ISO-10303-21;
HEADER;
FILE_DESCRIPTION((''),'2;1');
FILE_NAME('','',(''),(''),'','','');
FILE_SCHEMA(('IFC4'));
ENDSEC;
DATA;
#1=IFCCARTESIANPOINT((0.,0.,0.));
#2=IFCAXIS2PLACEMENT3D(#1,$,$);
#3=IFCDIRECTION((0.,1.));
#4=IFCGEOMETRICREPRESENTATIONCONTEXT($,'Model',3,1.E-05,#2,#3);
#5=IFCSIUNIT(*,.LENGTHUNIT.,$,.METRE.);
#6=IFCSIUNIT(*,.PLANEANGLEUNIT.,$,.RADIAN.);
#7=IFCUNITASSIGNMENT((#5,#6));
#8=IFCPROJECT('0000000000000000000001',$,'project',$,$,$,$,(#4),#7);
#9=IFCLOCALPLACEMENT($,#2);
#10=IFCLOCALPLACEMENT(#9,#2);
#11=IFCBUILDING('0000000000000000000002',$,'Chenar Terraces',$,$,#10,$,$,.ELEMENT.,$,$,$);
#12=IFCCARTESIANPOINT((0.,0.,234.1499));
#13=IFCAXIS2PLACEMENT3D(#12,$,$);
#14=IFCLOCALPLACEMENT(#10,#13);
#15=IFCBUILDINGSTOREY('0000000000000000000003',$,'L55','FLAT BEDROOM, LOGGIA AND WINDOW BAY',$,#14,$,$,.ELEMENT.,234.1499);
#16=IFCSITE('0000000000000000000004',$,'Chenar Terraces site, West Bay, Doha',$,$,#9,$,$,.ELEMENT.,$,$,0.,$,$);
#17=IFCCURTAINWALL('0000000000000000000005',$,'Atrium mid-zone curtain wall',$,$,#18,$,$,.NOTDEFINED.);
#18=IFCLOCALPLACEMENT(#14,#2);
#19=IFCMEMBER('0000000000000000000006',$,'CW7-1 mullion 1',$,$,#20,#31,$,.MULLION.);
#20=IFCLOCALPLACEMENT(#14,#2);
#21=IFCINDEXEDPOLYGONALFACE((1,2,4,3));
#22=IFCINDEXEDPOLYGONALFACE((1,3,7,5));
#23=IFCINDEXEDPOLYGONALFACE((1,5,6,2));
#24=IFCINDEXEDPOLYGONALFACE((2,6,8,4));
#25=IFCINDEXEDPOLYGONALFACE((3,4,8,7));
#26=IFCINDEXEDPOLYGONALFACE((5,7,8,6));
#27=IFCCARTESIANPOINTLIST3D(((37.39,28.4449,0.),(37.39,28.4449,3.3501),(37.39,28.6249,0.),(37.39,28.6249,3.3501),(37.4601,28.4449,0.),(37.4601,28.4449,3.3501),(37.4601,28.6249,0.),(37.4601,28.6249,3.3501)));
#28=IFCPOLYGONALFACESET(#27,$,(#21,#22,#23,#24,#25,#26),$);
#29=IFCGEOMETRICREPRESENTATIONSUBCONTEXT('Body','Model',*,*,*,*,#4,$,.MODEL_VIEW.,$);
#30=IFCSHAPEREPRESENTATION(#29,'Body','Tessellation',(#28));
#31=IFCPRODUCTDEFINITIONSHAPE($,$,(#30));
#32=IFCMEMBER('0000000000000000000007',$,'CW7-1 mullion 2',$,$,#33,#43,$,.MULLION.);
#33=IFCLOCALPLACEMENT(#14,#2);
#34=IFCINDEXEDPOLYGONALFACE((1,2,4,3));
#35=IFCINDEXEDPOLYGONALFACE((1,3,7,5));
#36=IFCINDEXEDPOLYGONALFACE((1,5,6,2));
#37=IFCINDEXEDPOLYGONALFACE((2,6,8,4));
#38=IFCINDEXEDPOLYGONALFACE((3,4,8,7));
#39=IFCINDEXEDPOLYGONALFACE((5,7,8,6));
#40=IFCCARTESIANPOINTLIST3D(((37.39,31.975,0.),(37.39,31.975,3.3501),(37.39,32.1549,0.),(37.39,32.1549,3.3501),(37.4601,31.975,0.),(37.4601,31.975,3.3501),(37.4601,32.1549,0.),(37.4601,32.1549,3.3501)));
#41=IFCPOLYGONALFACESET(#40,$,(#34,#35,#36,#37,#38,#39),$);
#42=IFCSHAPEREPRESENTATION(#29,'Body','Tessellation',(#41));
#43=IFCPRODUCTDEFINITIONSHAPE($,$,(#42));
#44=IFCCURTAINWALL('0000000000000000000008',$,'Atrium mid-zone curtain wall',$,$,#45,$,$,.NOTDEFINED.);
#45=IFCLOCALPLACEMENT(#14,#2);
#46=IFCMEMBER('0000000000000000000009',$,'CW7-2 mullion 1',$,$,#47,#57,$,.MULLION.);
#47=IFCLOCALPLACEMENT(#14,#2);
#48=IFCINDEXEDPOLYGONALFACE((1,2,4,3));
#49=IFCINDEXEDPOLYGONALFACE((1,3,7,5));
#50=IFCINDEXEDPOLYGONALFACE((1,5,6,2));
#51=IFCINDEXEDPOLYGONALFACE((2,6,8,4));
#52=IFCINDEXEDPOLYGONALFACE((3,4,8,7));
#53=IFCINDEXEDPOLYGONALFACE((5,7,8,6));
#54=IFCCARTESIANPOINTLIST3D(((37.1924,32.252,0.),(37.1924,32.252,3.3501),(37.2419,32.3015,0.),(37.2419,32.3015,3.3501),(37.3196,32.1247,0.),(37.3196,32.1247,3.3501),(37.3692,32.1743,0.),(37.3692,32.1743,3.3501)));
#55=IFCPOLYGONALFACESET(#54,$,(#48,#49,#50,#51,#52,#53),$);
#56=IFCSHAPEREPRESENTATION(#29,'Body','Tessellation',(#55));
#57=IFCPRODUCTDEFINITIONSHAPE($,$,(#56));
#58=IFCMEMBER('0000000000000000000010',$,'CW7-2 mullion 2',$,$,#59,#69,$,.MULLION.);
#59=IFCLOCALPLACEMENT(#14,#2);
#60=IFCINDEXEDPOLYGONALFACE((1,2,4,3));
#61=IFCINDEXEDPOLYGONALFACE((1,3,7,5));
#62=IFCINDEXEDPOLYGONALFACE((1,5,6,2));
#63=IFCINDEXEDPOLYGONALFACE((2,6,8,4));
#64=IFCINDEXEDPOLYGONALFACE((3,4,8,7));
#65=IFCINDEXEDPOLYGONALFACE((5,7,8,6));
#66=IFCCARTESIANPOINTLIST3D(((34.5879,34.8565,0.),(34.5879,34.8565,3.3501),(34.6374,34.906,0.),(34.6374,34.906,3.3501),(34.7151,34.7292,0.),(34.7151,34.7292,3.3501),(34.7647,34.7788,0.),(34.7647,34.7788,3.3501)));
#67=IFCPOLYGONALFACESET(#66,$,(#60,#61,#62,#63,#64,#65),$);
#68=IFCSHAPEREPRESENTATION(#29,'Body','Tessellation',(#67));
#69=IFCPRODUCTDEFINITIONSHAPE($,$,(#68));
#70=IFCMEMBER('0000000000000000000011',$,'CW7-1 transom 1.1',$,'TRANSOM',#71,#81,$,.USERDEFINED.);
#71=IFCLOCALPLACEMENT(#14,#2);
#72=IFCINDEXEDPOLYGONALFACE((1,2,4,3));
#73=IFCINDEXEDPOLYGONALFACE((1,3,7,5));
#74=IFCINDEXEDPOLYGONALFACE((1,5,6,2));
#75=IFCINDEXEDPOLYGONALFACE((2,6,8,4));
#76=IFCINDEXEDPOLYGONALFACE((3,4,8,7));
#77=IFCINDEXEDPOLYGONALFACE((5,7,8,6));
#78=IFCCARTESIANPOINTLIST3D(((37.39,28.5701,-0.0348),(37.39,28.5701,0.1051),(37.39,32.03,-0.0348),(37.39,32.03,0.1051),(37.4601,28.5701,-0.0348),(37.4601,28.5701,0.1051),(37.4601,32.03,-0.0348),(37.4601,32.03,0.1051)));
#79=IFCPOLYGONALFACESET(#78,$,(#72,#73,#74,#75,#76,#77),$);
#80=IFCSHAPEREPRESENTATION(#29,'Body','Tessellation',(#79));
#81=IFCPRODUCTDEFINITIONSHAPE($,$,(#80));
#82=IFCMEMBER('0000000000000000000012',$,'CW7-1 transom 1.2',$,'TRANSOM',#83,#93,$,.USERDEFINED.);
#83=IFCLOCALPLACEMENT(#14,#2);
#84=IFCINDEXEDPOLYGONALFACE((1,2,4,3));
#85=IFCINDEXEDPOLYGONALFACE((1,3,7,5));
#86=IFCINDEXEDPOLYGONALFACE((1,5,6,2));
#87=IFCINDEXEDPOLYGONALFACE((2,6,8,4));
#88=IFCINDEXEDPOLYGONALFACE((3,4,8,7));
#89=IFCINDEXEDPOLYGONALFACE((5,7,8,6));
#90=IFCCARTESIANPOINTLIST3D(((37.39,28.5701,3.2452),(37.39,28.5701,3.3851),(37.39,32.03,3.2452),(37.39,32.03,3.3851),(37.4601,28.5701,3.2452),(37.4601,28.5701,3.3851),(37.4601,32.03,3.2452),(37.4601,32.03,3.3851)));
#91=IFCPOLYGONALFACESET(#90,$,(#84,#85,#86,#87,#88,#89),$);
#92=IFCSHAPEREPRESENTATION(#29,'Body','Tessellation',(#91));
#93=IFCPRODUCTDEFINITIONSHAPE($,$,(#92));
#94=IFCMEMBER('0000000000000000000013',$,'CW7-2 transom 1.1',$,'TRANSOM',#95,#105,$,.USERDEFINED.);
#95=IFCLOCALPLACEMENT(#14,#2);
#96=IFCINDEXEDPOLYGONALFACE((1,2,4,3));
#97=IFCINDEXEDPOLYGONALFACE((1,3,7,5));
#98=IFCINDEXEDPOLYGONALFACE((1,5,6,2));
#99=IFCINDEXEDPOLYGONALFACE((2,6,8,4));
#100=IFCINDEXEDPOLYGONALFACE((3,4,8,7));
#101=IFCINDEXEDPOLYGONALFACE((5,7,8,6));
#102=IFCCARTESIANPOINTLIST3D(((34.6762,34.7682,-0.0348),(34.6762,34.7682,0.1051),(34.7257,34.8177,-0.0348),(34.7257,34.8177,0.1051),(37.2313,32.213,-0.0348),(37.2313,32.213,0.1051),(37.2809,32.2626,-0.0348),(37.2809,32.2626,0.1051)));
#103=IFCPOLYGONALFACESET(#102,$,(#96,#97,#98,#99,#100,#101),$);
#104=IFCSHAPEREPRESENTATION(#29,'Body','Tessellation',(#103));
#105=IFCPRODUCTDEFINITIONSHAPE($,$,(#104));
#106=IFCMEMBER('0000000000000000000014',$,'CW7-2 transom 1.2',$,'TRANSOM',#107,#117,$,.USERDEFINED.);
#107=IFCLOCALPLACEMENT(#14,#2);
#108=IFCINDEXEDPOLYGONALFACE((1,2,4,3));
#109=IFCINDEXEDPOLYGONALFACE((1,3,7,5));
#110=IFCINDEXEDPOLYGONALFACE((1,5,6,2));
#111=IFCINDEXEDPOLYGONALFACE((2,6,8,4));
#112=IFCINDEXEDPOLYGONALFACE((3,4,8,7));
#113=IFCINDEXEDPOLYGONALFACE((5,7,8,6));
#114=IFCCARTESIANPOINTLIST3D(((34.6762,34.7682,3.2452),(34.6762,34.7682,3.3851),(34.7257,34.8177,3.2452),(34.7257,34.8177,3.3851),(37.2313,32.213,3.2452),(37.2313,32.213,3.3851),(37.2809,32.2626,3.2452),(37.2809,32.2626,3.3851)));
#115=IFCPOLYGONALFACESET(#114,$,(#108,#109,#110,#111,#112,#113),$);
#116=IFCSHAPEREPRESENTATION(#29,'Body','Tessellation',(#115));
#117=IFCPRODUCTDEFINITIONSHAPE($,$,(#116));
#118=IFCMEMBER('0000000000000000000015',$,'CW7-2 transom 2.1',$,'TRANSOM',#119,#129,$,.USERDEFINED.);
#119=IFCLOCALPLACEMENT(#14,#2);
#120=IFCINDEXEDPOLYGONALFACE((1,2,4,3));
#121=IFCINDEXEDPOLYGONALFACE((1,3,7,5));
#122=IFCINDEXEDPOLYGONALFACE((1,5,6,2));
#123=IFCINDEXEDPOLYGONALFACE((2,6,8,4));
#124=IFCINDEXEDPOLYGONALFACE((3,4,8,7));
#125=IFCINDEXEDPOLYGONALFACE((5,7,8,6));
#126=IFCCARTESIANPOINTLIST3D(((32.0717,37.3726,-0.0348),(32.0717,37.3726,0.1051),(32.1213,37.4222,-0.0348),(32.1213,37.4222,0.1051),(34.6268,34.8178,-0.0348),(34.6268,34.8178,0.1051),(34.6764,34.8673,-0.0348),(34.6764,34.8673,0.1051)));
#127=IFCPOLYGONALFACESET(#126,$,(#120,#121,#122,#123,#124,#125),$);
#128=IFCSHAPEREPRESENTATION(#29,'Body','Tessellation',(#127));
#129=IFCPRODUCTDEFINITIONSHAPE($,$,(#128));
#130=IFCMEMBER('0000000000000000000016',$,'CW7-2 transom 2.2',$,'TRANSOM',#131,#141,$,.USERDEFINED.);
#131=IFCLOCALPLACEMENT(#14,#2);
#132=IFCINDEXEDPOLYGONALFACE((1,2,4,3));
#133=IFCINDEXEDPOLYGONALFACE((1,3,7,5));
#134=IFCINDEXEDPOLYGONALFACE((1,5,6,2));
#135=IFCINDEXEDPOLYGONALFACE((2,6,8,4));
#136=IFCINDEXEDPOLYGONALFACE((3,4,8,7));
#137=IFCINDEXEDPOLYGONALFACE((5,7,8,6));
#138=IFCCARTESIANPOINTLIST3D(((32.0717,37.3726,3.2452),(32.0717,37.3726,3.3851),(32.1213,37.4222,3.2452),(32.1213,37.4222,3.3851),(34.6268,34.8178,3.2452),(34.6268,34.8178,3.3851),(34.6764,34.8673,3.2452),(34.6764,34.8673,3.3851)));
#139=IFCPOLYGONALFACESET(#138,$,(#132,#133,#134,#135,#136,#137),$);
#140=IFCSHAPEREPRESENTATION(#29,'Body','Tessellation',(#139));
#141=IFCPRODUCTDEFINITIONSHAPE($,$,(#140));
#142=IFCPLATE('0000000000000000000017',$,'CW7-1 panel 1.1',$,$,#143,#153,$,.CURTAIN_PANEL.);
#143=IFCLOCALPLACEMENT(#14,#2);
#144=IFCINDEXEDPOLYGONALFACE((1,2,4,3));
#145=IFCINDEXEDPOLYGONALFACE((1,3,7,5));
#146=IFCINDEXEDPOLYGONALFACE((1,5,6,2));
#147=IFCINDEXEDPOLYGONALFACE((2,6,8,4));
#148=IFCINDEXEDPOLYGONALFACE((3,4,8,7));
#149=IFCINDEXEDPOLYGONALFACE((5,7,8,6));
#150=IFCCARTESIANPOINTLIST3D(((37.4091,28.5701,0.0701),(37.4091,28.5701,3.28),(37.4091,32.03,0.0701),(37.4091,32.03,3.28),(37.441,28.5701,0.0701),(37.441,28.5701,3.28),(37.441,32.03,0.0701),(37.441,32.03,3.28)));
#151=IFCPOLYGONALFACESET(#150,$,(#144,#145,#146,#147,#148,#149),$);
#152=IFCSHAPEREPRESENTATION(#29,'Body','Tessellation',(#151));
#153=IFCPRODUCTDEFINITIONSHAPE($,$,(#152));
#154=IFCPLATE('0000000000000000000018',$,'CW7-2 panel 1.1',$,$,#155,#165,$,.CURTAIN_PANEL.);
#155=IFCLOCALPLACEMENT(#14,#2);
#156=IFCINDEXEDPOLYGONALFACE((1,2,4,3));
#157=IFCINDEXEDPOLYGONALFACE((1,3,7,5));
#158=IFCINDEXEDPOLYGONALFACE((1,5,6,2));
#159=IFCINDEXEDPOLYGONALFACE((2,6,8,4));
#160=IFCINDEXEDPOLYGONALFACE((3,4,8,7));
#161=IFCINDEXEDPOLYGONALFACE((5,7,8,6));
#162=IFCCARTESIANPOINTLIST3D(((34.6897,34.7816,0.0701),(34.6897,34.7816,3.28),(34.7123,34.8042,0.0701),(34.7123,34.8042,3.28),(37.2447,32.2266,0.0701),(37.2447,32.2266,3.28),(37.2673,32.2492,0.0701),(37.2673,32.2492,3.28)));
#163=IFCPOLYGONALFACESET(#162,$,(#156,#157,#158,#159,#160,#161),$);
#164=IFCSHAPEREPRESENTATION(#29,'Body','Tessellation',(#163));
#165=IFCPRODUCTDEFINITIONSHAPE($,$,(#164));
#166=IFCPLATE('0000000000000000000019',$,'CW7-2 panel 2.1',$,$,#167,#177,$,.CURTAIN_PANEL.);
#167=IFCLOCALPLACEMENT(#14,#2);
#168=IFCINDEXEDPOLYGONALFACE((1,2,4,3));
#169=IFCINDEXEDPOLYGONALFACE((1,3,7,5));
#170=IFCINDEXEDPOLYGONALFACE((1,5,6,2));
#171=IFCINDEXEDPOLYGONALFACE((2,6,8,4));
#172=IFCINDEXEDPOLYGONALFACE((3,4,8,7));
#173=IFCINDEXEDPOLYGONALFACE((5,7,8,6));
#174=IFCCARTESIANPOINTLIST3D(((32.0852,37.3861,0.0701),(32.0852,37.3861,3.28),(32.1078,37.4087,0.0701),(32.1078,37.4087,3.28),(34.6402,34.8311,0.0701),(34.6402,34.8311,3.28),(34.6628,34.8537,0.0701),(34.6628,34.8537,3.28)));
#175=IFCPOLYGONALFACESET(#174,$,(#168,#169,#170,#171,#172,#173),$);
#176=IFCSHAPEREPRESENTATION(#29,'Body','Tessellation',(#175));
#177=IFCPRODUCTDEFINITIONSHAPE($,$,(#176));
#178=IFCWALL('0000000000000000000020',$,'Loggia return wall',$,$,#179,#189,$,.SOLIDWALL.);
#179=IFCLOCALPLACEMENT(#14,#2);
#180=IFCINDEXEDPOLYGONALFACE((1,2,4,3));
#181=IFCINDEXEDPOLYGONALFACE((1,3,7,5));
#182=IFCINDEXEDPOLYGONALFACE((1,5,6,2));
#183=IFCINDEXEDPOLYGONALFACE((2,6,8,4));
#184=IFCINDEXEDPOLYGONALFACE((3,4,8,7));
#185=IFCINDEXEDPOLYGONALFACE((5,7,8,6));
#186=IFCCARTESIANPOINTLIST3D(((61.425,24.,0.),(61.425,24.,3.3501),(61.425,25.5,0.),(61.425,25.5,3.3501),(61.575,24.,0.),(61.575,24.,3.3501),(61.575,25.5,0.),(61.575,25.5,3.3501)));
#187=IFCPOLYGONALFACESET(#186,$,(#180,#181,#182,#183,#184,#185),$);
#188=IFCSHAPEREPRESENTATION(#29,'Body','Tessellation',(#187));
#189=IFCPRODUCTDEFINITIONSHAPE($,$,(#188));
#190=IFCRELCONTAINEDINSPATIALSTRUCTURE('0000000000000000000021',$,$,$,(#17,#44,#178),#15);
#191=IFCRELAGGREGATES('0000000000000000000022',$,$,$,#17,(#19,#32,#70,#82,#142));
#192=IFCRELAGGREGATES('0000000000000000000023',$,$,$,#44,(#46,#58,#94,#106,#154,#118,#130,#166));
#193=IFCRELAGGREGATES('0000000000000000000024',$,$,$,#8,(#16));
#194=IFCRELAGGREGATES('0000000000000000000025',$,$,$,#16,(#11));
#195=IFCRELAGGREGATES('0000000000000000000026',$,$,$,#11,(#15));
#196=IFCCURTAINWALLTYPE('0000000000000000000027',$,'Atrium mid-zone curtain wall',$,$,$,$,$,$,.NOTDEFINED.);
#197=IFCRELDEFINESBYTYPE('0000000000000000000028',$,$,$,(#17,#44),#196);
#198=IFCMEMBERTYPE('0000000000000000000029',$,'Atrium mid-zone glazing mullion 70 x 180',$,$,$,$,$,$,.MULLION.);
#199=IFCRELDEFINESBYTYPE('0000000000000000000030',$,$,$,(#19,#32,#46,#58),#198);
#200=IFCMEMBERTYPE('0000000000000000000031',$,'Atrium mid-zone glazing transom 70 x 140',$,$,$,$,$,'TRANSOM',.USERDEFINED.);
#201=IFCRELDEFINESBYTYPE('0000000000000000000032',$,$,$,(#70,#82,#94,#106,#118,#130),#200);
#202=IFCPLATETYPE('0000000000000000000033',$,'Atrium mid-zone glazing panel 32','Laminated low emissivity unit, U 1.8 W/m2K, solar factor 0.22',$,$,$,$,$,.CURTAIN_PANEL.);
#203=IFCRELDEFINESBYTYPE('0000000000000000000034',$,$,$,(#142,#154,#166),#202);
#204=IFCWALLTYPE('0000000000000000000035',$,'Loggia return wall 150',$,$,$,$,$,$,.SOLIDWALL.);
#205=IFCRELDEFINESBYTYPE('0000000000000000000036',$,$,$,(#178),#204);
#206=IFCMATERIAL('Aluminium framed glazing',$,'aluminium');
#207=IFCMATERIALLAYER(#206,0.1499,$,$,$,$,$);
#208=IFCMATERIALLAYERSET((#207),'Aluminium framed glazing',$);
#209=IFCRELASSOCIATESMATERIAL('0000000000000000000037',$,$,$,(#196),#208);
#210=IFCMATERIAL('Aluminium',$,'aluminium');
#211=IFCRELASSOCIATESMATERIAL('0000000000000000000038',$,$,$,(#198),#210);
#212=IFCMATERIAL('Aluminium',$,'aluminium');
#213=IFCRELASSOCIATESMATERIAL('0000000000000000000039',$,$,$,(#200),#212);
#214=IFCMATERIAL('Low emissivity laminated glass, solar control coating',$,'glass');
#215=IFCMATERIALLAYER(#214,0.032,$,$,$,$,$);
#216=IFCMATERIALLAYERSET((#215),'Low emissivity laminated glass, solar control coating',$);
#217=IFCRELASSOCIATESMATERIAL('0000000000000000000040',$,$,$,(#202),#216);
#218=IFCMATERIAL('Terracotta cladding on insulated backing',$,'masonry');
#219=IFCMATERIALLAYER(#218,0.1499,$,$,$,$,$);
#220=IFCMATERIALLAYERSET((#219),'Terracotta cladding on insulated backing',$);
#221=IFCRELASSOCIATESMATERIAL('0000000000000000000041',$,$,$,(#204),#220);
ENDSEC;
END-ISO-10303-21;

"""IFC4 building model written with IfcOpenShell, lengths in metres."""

from ifc_helpers import new_model, si_unit, direction, frame, frame_2d, origin, origin_2d, place, context, subcontext, project, spatial, rectangle, extrude, material, layer, layer_set, material_profile, profile_set, type_object, element, aggregate, save


model = new_model("IFC4")

# Units and contexts
model_context = context("Model", 3, precision=1e-05, world=origin(), true_north=direction((0.0, 1.0)))
body_context = subcontext(model_context, "Body", "Model", "MODEL_VIEW")
ifc_project = project(units=[si_unit("LENGTHUNIT", "METRE"), si_unit("PLANEANGLEUNIT", "RADIAN")], contexts=[model_context])

# Site, building, storey
site_placement = place(None, origin())
site = spatial("IfcSite", under=ifc_project, at=site_placement, Name="Chenar Terraces site, West Bay, Doha", CompositionType="ELEMENT", RefElevation=0.0)
building_placement = place(site_placement, origin())
building = spatial("IfcBuilding", under=site, at=building_placement, Name="Chenar Terraces", CompositionType="ELEMENT")
storey_placement = place(building_placement, frame((0.0, 0.0, 234.1499)))
storey = spatial("IfcBuildingStorey", under=building, at=storey_placement, Name="L55", Description="FLAT BEDROOM, LOGGIA AND WINDOW BAY", CompositionType="ELEMENT", Elevation=234.1499)

# Curtain walls, members
ifc_material_1 = material(Name="Aluminium framed glazing", Category="aluminium")
ifc_layer_1 = layer(ifc_material_1, 0.1499)
ifc_layer_set_1 = layer_set([ifc_layer_1], Name="Aluminium framed glazing")
curtain_wall_type = type_object("IfcCurtainWallType", Name="Atrium mid-zone curtain wall", PredefinedType="NOTDEFINED", material=ifc_layer_set_1)
placement = place(storey_placement, origin())
curtain_wall_1 = element("IfcCurtainWall", 1, at=placement, inside=storey, type_object=curtain_wall_type, Name="Atrium mid-zone curtain wall", PredefinedType="NOTDEFINED")
ifc_material_2 = material(Name="Aluminium", Category="aluminium")
ifc_material_profile_1 = material_profile(ifc_material_2, rectangle(XDim=0.0701, YDim=0.1799, at=origin_2d()), Name="Atrium mid-zone glazing mullion 70 x 180")
ifc_profile_set_1 = profile_set([ifc_material_profile_1], Name="Aluminium")
member_type_1 = type_object("IfcMemberType", Name="Atrium mid-zone glazing mullion 70 x 180", PredefinedType="MULLION", material=ifc_profile_set_1)
member_1_placement = place(storey_placement, frame((37.425, 28.5349, 0.0), z_axis=(0.0, 0.0, 1.0), x_axis=(-1.0, 0.0, 0.0)))
member_1 = element("IfcMember", 2, at=member_1_placement, type_object=member_type_1, Name="CW7-1 mullion 1", PredefinedType="MULLION", context=body_context, shape_type="SweptSolid", body=[
    extrude(rectangle(XDim=0.0701, YDim=0.1799, at=origin_2d()), origin(), (0.0, 0.0, 1.0), 3.3501),
])
member_2_placement = place(storey_placement, frame((37.425, 32.0649, 0.0), z_axis=(0.0, 0.0, 1.0), x_axis=(-1.0, 0.0, 0.0)))
member_2 = element("IfcMember", 3, at=member_2_placement, type_object=member_type_1, Name="CW7-1 mullion 2", PredefinedType="MULLION", context=body_context, shape_type="SweptSolid", body=[
    extrude(rectangle(XDim=0.0701, YDim=0.1799, at=origin_2d()), origin(), (0.0, 0.0, 1.0), 3.3501),
])
curtain_wall_2 = element("IfcCurtainWall", 4, at=placement, inside=storey, type_object=curtain_wall_type, Name="Atrium mid-zone curtain wall", PredefinedType="NOTDEFINED")
member_3_placement = place(storey_placement, frame((37.2808, 32.2131, 0.0), z_axis=(0.0, 0.0, 1.0), x_axis=(-0.707107, -0.707107, 0.0)))
member_3 = element("IfcMember", 5, at=member_3_placement, type_object=member_type_1, Name="CW7-2 mullion 1", PredefinedType="MULLION", context=body_context, shape_type="SweptSolid", body=[
    extrude(rectangle(XDim=0.0701, YDim=0.1799, at=origin_2d()), origin(), (0.0, 0.0, 1.0), 3.3501),
])
member_4_placement = place(storey_placement, frame((34.6763, 34.8176, 0.0), z_axis=(0.0, 0.0, 1.0), x_axis=(-0.707107, -0.707107, 0.0)))
member_4 = element("IfcMember", 6, at=member_4_placement, type_object=member_type_1, Name="CW7-2 mullion 2", PredefinedType="MULLION", context=body_context, shape_type="SweptSolid", body=[
    extrude(rectangle(XDim=0.0701, YDim=0.1799, at=origin_2d()), origin(), (0.0, 0.0, 1.0), 3.3501),
])

# Members
ifc_material_3 = material(Name="Aluminium", Category="aluminium")
ifc_material_profile_2 = material_profile(ifc_material_3, rectangle(XDim=0.0701, YDim=0.1399, at=origin_2d()), Name="Atrium mid-zone glazing transom 70 x 140")
ifc_profile_set_2 = profile_set([ifc_material_profile_2], Name="Aluminium")
member_type_2 = type_object("IfcMemberType", Name="Atrium mid-zone glazing transom 70 x 140", ElementType="TRANSOM", PredefinedType="USERDEFINED", material=ifc_profile_set_2)
member_5_placement = place(storey_placement, frame((37.425, 28.5701, 0.0352), z_axis=(0.0, 1.0, 0.0), x_axis=(-1.0, 0.0, 0.0)))
member_5 = element("IfcMember", 7, at=member_5_placement, type_object=member_type_2, Name="CW7-1 transom 1.1", ObjectType="TRANSOM", PredefinedType="USERDEFINED", context=body_context, shape_type="SweptSolid", body=[
    extrude(rectangle(XDim=0.0701, YDim=0.1399, at=origin_2d()), origin(), (0.0, 0.0, 1.0), 3.46),
])
member_6_placement = place(storey_placement, frame((37.425, 28.5701, 3.3152), z_axis=(0.0, 1.0, 0.0), x_axis=(-1.0, 0.0, 0.0)))
member_6 = element("IfcMember", 8, at=member_6_placement, type_object=member_type_2, Name="CW7-1 transom 1.2", ObjectType="TRANSOM", PredefinedType="USERDEFINED", context=body_context, shape_type="SweptSolid", body=[
    extrude(rectangle(XDim=0.0701, YDim=0.1399, at=origin_2d()), origin(), (0.0, 0.0, 1.0), 3.46),
])
member_7_placement = place(storey_placement, frame((37.2561, 32.2378, 0.0352), z_axis=(-0.707107, 0.707107, 0.0), x_axis=(-0.707107, -0.707107, 0.0)))
member_7 = element("IfcMember", 9, at=member_7_placement, type_object=member_type_2, Name="CW7-2 transom 1.1", ObjectType="TRANSOM", PredefinedType="USERDEFINED", context=body_context, shape_type="SweptSolid", body=[
    extrude(rectangle(XDim=0.0701, YDim=0.1399, at=origin_2d()), origin(), (0.0, 0.0, 1.0), 3.6135),
])
member_8_placement = place(storey_placement, frame((37.2561, 32.2378, 3.3152), z_axis=(-0.707107, 0.707107, 0.0), x_axis=(-0.707107, -0.707107, 0.0)))
member_8 = element("IfcMember", 10, at=member_8_placement, type_object=member_type_2, Name="CW7-2 transom 1.2", ObjectType="TRANSOM", PredefinedType="USERDEFINED", context=body_context, shape_type="SweptSolid", body=[
    extrude(rectangle(XDim=0.0701, YDim=0.1399, at=origin_2d()), origin(), (0.0, 0.0, 1.0), 3.6135),
])
member_9_placement = place(storey_placement, frame((34.6516, 34.8425, 0.0352), z_axis=(-0.707141, 0.707073, 0.0), x_axis=(-0.707073, -0.707141, 0.0)))
member_9 = element("IfcMember", 11, at=member_9_placement, type_object=member_type_2, Name="CW7-2 transom 2.1", ObjectType="TRANSOM", PredefinedType="USERDEFINED", context=body_context, shape_type="SweptSolid", body=[
    extrude(rectangle(XDim=0.0701, YDim=0.1399, at=origin_2d()), origin(), (0.0, 0.0, 1.0), 3.6133),
])
member_10_placement = place(storey_placement, frame((34.6516, 34.8425, 3.3152), z_axis=(-0.707141, 0.707073, 0.0), x_axis=(-0.707073, -0.707141, 0.0)))
member_10 = element("IfcMember", 12, at=member_10_placement, type_object=member_type_2, Name="CW7-2 transom 2.2", ObjectType="TRANSOM", PredefinedType="USERDEFINED", context=body_context, shape_type="SweptSolid", body=[
    extrude(rectangle(XDim=0.0701, YDim=0.1399, at=origin_2d()), origin(), (0.0, 0.0, 1.0), 3.6133),
])

# Plates
ifc_material_4 = material(Name="Low emissivity laminated glass, solar control coating", Category="glass")
ifc_layer_2 = layer(ifc_material_4, 0.032)
ifc_layer_set_2 = layer_set([ifc_layer_2], Name="Low emissivity laminated glass, solar control coating")
plate_type = type_object("IfcPlateType", Name="Atrium mid-zone glazing panel 32", Description="Laminated low emissivity unit, U 1.8 W/m2K, solar factor 0.22", PredefinedType="CURTAIN_PANEL", material=ifc_layer_set_2)
plate_1_placement = place(storey_placement, frame((37.425, 30.3, 0.0701), z_axis=(0.0, 0.0, 1.0), x_axis=(0.0, 1.0, 0.0)))
plate_1 = element("IfcPlate", 13, at=plate_1_placement, type_object=plate_type, Name="CW7-1 panel 1.1", PredefinedType="CURTAIN_PANEL", context=body_context, shape_type="SweptSolid", body=[
    extrude(rectangle(XDim=3.46, YDim=0.032, at=origin_2d()), origin(), (0.0, 0.0, 1.0), 3.21),
])
aggregate(curtain_wall_1, [member_1, member_2, member_5, member_6, plate_1])
plate_2_placement = place(storey_placement, frame((35.9785, 33.5154, 0.0701), z_axis=(0.0, 0.0, 1.0), x_axis=(-0.707107, 0.707107, 0.0)))
plate_2 = element("IfcPlate", 14, at=plate_2_placement, type_object=plate_type, Name="CW7-2 panel 1.1", PredefinedType="CURTAIN_PANEL", context=body_context, shape_type="SweptSolid", body=[
    extrude(rectangle(XDim=3.6133, YDim=0.032, at=origin_2d()), origin(), (0.0, 0.0, 1.0), 3.21),
])
plate_3_placement = place(storey_placement, frame((33.374, 36.1199, 0.0701), z_axis=(0.0, 0.0, 1.0), x_axis=(-0.707107, 0.707107, 0.0)))
plate_3 = element("IfcPlate", 15, at=plate_3_placement, type_object=plate_type, Name="CW7-2 panel 2.1", PredefinedType="CURTAIN_PANEL", context=body_context, shape_type="SweptSolid", body=[
    extrude(rectangle(XDim=3.6133, YDim=0.032, at=origin_2d()), origin(), (0.0, 0.0, 1.0), 3.21),
])
aggregate(curtain_wall_2, [member_3, member_4, member_7, member_8, plate_2, member_9, member_10, plate_3])

# Wall
ifc_material_5 = material(Name="Terracotta cladding on insulated backing", Category="masonry")
ifc_layer_3 = layer(ifc_material_5, 0.1499)
ifc_layer_set_3 = layer_set([ifc_layer_3], Name="Terracotta cladding on insulated backing")
wall_type = type_object("IfcWallType", Name="Loggia return wall 150", PredefinedType="SOLIDWALL", material=ifc_layer_set_3)
wall_placement = place(storey_placement, frame((61.5, 25.5, 0.0), z_axis=(0.0, 0.0, 1.0), x_axis=(0.0, -1.0, 0.0)))
element("IfcWall", 16, at=wall_placement, inside=storey, type_object=wall_type, Name="Loggia return wall", PredefinedType="SOLIDWALL", context=body_context, shape_type="SweptSolid", body=[
    extrude(rectangle(XDim=1.5, YDim=0.1499, at=frame_2d((0.75, 0.0))), origin(), (0.0, 0.0, 1.0), 3.3501),
])

save(model, "model.ifc")
